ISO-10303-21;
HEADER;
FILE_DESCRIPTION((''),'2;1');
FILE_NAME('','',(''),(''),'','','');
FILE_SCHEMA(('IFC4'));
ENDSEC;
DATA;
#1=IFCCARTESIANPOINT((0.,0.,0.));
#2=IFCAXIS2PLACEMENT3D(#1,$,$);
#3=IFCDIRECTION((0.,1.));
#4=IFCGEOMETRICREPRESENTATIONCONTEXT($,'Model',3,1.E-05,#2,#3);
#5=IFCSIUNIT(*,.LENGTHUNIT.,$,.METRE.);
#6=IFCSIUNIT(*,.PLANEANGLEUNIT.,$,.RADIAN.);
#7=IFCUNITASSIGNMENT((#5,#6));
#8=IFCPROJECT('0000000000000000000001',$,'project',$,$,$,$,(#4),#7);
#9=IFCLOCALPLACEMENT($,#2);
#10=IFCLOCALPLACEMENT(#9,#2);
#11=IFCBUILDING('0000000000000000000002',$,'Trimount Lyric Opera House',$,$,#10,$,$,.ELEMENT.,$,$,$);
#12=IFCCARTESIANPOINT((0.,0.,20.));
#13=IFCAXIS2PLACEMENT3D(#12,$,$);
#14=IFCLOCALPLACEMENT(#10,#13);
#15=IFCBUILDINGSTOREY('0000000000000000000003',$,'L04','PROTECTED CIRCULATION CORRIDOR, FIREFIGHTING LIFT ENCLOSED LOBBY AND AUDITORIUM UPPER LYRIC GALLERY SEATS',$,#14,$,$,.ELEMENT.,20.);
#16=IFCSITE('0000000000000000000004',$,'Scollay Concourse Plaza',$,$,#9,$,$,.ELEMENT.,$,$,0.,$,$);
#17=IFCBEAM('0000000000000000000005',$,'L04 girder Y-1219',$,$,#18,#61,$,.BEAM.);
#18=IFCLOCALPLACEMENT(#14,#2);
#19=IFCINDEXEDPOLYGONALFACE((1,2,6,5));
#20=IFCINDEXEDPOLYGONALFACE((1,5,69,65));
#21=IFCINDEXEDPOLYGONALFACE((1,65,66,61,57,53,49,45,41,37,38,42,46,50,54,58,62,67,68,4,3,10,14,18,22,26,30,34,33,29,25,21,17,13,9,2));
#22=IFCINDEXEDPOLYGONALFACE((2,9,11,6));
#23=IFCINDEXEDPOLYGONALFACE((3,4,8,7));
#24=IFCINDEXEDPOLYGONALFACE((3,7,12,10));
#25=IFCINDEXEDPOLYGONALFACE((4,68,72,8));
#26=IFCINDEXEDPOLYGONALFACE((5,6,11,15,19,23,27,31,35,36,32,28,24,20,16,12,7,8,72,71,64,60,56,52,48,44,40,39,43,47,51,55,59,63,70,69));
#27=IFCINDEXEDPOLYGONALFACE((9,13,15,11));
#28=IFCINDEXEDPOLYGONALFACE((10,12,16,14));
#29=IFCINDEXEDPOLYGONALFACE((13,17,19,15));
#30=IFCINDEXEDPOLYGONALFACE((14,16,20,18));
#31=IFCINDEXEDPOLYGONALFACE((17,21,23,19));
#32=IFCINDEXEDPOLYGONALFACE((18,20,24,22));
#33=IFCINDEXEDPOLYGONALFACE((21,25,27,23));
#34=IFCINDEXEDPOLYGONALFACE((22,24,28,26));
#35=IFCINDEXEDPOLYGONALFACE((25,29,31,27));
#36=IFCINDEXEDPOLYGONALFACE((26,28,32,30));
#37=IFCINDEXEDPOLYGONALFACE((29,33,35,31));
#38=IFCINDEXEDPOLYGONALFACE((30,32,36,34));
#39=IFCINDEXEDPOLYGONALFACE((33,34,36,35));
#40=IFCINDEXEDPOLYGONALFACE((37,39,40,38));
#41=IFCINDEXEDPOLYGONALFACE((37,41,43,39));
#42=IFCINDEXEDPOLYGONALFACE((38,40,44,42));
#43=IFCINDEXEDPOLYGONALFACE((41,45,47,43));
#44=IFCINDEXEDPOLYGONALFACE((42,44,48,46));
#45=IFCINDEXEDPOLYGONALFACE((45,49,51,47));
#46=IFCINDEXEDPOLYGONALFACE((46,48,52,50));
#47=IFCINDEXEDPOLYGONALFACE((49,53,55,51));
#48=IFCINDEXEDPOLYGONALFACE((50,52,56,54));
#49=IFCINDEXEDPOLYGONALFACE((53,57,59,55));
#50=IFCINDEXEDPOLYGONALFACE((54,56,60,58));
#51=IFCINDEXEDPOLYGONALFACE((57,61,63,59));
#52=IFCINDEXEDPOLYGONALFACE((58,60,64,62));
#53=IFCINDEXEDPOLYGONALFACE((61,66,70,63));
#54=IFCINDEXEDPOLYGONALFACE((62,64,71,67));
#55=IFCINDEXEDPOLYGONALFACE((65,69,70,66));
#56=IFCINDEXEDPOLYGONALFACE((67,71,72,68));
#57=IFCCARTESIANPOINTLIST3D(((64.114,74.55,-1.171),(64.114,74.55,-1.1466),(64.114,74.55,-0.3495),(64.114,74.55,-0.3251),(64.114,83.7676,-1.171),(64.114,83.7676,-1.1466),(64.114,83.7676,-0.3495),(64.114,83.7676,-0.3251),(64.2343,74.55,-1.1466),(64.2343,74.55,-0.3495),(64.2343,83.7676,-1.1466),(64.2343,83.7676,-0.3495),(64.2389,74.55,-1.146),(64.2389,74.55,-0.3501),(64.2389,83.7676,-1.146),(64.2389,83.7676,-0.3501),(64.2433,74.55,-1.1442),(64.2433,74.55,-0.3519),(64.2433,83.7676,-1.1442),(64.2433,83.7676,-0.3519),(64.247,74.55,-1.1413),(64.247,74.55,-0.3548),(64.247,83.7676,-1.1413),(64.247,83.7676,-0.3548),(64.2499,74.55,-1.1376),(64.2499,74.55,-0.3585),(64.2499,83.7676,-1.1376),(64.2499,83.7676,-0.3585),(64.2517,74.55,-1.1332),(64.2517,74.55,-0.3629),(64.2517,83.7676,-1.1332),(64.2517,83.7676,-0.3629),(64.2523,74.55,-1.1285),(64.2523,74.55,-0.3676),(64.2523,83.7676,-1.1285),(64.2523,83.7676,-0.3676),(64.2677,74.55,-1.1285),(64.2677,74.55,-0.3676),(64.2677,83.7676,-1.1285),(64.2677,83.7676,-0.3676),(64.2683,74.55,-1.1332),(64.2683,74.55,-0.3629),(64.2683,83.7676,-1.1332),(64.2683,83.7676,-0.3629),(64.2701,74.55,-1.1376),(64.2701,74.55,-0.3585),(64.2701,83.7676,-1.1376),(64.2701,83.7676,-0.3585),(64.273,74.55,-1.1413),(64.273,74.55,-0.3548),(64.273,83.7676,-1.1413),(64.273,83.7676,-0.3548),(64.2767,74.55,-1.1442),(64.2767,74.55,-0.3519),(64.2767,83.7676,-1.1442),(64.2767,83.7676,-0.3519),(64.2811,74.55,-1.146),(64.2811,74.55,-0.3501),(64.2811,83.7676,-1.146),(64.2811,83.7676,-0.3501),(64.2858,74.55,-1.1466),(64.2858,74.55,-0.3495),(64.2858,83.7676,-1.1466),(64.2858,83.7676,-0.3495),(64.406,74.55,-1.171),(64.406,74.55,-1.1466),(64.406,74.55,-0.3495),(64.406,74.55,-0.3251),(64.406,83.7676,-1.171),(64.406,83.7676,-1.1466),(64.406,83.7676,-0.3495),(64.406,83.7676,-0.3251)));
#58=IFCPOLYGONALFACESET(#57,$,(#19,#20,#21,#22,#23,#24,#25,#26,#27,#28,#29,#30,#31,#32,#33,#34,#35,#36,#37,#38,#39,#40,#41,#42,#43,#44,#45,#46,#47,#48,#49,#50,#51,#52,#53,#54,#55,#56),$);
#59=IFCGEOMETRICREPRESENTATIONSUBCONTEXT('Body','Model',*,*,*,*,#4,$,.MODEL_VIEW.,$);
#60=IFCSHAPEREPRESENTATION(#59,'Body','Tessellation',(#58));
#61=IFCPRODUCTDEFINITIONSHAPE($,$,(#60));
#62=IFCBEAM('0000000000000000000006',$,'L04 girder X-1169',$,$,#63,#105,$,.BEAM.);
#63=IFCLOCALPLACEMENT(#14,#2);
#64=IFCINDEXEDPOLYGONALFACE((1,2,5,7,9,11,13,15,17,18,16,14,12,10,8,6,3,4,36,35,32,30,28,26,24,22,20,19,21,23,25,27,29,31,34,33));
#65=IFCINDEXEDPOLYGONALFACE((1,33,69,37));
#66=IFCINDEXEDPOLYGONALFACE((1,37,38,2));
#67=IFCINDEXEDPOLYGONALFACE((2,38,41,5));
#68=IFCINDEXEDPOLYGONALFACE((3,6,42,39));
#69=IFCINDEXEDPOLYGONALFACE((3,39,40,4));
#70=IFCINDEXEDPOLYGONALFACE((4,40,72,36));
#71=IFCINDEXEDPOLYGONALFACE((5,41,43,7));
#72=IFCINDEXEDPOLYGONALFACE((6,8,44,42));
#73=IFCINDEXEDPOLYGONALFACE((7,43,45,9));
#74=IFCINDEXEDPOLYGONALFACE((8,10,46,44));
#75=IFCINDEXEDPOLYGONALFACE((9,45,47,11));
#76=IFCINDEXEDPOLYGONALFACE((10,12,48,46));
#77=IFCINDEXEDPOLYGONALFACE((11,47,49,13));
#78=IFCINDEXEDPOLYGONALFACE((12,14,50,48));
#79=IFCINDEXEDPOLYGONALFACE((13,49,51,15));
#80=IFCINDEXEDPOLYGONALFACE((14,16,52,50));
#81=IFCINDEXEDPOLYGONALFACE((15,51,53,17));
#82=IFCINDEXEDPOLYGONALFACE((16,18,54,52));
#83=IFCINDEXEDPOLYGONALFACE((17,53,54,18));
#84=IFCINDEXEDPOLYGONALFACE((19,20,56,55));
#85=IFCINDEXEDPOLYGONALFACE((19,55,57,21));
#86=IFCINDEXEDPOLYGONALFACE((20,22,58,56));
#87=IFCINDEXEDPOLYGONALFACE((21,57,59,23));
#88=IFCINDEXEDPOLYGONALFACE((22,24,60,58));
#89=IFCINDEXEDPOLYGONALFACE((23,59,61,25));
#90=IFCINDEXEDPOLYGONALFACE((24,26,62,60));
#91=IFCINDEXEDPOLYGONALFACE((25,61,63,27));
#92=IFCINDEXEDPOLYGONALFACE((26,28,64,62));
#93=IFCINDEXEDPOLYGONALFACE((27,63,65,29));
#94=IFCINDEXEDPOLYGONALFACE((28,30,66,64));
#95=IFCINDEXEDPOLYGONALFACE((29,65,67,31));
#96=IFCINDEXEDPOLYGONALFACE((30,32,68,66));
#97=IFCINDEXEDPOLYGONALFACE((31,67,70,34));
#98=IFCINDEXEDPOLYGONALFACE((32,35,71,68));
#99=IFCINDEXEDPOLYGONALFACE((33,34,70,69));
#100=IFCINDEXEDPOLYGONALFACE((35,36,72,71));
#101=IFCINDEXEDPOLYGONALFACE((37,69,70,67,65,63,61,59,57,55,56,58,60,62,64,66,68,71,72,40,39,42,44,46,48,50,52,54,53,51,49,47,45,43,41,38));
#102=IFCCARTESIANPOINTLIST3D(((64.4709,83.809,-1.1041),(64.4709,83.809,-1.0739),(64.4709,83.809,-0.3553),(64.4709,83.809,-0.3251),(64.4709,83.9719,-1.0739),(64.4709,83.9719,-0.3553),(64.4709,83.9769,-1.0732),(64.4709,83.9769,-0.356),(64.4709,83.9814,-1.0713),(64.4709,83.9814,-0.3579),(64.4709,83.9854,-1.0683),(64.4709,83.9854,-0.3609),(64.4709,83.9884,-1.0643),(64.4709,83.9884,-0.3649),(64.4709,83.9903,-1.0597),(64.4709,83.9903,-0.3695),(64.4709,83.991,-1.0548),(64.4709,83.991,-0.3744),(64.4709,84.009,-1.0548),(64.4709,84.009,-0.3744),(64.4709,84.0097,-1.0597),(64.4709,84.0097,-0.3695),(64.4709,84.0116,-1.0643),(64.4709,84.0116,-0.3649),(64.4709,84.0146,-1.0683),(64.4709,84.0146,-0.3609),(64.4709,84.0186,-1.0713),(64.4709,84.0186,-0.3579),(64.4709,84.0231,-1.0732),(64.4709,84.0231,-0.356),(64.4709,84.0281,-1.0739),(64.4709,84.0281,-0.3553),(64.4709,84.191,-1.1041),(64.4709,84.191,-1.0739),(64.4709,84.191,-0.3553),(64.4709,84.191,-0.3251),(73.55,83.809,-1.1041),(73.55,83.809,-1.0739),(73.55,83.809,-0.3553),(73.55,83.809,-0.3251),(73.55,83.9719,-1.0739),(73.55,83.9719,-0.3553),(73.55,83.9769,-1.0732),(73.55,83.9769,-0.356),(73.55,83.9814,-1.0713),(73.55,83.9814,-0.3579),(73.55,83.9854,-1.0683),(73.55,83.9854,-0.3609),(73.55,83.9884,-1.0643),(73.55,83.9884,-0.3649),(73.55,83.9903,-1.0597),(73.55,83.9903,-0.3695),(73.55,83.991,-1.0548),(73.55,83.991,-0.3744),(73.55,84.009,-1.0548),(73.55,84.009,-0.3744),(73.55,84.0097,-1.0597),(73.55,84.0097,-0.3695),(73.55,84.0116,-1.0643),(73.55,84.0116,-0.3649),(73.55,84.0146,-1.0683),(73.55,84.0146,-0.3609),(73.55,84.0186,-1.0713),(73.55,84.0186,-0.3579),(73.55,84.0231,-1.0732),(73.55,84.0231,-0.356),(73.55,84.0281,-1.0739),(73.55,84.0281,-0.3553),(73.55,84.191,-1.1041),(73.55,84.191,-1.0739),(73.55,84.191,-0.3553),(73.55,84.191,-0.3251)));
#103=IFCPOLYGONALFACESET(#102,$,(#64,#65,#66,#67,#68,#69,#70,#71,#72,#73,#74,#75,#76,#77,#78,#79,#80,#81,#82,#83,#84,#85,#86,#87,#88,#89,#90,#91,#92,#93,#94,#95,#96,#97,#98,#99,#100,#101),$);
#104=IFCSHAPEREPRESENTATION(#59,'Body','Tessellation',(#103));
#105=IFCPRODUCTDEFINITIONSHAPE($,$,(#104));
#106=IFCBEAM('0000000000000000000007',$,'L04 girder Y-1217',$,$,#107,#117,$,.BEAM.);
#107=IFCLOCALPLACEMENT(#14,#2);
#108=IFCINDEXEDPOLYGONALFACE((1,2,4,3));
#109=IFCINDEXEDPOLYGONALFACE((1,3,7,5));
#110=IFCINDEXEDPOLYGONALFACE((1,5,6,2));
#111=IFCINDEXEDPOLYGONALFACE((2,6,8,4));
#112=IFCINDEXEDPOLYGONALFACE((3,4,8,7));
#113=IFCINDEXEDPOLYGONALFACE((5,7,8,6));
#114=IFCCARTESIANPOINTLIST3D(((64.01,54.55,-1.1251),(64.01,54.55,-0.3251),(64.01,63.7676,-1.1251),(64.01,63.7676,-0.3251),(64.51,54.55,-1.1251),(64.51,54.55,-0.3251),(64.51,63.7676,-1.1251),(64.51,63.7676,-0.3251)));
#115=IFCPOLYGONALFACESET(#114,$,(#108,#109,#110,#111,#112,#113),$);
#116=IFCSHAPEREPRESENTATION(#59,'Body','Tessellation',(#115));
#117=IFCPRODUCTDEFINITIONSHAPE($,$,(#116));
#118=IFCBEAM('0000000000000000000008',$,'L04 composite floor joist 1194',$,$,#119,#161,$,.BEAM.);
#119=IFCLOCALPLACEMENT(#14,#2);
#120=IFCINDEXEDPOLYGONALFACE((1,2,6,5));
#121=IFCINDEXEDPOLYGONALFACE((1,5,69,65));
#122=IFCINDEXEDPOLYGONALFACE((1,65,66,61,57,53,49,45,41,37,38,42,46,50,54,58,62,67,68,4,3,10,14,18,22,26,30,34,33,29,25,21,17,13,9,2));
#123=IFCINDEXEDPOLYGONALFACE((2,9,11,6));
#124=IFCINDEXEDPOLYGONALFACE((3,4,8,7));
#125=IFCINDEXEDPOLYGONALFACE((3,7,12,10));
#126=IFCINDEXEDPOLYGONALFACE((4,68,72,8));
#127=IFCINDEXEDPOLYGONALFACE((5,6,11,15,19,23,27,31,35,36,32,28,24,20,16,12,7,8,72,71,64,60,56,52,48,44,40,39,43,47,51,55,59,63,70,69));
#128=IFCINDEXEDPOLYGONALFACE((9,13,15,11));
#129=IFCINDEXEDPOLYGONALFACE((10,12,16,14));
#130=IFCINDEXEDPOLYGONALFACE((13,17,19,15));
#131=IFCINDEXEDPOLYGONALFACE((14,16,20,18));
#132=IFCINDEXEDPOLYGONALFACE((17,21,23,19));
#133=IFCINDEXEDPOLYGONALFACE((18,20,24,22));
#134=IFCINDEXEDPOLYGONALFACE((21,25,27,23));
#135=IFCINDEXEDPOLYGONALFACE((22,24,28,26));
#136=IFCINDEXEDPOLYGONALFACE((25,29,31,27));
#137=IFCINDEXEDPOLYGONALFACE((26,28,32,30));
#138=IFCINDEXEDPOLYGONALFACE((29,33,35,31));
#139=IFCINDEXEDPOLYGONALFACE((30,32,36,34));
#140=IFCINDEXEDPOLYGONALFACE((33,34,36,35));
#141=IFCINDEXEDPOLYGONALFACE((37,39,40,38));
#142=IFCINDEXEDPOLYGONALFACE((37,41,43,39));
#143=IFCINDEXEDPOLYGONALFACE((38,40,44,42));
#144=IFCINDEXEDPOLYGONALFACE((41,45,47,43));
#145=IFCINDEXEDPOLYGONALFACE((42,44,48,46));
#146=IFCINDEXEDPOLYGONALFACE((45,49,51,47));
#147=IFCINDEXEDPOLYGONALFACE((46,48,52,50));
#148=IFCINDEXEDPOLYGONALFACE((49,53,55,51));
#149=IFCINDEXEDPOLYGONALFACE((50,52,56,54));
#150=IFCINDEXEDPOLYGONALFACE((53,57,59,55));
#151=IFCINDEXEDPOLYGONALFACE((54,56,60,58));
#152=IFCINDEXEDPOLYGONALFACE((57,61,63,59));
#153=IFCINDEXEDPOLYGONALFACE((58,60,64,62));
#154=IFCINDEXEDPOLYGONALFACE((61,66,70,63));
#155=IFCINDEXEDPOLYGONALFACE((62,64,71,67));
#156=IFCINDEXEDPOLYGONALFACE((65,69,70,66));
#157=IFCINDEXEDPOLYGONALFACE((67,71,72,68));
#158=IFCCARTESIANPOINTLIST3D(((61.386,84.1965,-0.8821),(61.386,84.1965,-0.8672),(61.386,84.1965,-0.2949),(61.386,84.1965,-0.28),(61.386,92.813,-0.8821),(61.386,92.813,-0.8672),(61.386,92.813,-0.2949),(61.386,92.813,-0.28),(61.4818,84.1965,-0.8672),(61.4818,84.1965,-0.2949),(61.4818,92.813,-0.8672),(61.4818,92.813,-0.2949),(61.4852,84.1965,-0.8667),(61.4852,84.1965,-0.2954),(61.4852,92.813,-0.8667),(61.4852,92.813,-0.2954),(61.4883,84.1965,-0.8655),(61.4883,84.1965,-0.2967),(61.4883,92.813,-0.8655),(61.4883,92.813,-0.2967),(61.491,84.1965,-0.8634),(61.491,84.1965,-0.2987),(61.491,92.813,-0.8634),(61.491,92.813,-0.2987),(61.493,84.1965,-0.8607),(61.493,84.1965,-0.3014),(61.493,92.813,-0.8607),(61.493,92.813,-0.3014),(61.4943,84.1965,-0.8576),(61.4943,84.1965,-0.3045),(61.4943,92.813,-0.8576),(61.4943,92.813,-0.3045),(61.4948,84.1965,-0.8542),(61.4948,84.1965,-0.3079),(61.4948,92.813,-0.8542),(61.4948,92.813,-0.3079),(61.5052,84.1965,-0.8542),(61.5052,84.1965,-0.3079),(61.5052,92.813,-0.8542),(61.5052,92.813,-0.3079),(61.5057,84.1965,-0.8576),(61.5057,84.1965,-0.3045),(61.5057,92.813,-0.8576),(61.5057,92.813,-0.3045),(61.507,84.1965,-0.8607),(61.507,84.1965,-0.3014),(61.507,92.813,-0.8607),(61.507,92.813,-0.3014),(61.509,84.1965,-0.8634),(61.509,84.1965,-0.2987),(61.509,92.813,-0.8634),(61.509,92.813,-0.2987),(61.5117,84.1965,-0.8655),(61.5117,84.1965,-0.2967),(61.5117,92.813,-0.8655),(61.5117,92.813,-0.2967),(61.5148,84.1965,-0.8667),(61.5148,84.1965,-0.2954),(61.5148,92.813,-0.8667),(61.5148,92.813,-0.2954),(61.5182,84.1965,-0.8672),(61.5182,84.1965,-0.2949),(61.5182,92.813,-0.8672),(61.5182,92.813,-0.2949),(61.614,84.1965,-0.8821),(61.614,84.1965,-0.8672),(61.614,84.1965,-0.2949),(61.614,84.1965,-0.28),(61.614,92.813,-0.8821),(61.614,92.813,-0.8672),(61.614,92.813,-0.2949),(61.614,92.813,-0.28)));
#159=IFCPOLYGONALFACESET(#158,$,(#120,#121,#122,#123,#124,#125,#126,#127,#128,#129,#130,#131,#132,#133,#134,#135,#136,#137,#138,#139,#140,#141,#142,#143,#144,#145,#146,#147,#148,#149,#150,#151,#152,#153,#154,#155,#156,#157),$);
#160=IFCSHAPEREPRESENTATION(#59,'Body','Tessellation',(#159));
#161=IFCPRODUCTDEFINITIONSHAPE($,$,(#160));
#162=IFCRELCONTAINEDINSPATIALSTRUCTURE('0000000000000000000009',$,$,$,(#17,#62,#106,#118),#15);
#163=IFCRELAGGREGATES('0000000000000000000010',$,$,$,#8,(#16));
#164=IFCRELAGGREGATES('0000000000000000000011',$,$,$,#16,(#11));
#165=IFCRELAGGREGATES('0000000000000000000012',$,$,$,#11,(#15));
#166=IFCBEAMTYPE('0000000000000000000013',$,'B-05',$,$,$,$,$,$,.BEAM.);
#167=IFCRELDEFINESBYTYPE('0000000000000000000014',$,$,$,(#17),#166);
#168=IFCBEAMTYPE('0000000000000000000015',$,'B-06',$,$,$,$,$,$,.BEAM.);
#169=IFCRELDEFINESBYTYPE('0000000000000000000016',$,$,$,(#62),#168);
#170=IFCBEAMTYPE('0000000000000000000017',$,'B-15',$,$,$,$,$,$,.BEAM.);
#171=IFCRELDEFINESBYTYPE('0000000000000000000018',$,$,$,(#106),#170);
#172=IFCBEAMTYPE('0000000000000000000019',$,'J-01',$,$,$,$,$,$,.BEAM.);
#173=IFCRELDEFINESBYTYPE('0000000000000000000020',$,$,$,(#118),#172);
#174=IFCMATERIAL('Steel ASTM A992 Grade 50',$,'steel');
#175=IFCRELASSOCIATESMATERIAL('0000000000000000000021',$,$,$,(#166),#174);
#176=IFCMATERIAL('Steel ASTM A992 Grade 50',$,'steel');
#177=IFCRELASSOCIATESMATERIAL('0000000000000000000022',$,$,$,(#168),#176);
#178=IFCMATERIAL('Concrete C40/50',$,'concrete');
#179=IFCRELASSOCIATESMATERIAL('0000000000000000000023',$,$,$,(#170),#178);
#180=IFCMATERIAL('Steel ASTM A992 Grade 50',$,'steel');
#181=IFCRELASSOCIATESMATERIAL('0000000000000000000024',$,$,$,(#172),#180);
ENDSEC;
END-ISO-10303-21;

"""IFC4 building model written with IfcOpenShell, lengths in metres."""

from ifc_helpers import new_model, si_unit, direction, frame, origin, origin_2d, place, context, subcontext, project, spatial, rectangle, i_section, extrude, material, material_profile, profile_set, type_object, element, save


model = new_model("IFC4")

# Units and contexts
model_context = context("Model", 3, precision=1e-05, world=origin(), true_north=direction((0.0, 1.0)))
body_context = subcontext(model_context, "Body", "Model", "MODEL_VIEW")
ifc_project = project(units=[si_unit("LENGTHUNIT", "METRE"), si_unit("PLANEANGLEUNIT", "RADIAN")], contexts=[model_context])

# Site, building, storey
site_placement = place(None, origin())
site = spatial("IfcSite", under=ifc_project, at=site_placement, Name="Scollay Concourse Plaza", CompositionType="ELEMENT", RefElevation=0.0)
building_placement = place(site_placement, origin())
building = spatial("IfcBuilding", under=site, at=building_placement, Name="Trimount Lyric Opera House", CompositionType="ELEMENT")
storey_placement = place(building_placement, frame((0.0, 0.0, 20.0)))
storey = spatial("IfcBuildingStorey", under=building, at=storey_placement, Name="L04", Description="PROTECTED CIRCULATION CORRIDOR, FIREFIGHTING LIFT ENCLOSED LOBBY AND AUDITORIUM UPPER LYRIC GALLERY SEATS", CompositionType="ELEMENT", Elevation=20.0)

# Beams
ifc_material_1 = material(Name="Steel ASTM A992 Grade 50", Category="steel")
ifc_material_profile_1 = material_profile(ifc_material_1, i_section(OverallWidth=0.292, OverallDepth=0.8459, WebThickness=0.0154, FlangeThickness=0.0244, FilletRadius=0.0181, at=origin_2d()), Name="W33X141")
ifc_profile_set_1 = profile_set([ifc_material_profile_1], Name="Steel ASTM A992 Grade 50")
beam_type_1 = type_object("IfcBeamType", Name="B-05", PredefinedType="BEAM", material=ifc_profile_set_1)
beam_1_placement = place(storey_placement, frame((64.26, 74.55, -0.748), z_axis=(0.0, 1.0, 0.0), x_axis=(-1.0, 0.0, 0.0)))
element("IfcBeam", 1, at=beam_1_placement, inside=storey, type_object=beam_type_1, Name="L04 girder Y-1219", PredefinedType="BEAM", context=body_context, shape_type="SweptSolid", body=[
    extrude(i_section(OverallWidth=0.292, OverallDepth=0.8459, WebThickness=0.0154, FlangeThickness=0.0244, FilletRadius=0.0181, at=origin_2d()), origin(), (0.0, 0.0, 1.0), 9.2175),
])
ifc_material_2 = material(Name="Steel ASTM A992 Grade 50", Category="steel")
ifc_material_profile_2 = material_profile(ifc_material_2, i_section(OverallWidth=0.3821, OverallDepth=0.7791, WebThickness=0.0181, FlangeThickness=0.0303, FilletRadius=0.019, at=origin_2d()), Name="W30X191")
ifc_profile_set_2 = profile_set([ifc_material_profile_2], Name="Steel ASTM A992 Grade 50")
beam_type_2 = type_object("IfcBeamType", Name="B-06", PredefinedType="BEAM", material=ifc_profile_set_2)
beam_2_placement = place(storey_placement, frame((64.4709, 84.0, -0.7146), z_axis=(1.0, 0.0, 0.0), x_axis=(0.0, 1.0, 0.0)))
element("IfcBeam", 2, at=beam_2_placement, inside=storey, type_object=beam_type_2, Name="L04 girder X-1169", PredefinedType="BEAM", context=body_context, shape_type="SweptSolid", body=[
    extrude(i_section(OverallWidth=0.3821, OverallDepth=0.7791, WebThickness=0.0181, FlangeThickness=0.0303, FilletRadius=0.019, at=origin_2d()), origin(), (0.0, 0.0, 1.0), 9.0791),
])
ifc_material_3 = material(Name="Concrete C40/50", Category="concrete")
ifc_material_profile_3 = material_profile(ifc_material_3, rectangle(XDim=0.5, YDim=0.8, at=origin_2d()), Name="RC500X800")
ifc_profile_set_3 = profile_set([ifc_material_profile_3], Name="Concrete C40/50")
beam_type_3 = type_object("IfcBeamType", Name="B-15", PredefinedType="BEAM", material=ifc_profile_set_3)
beam_3_placement = place(storey_placement, frame((64.26, 54.55, -0.7251), z_axis=(0.0, 1.0, 0.0), x_axis=(-1.0, 0.0, 0.0)))
element("IfcBeam", 3, at=beam_3_placement, inside=storey, type_object=beam_type_3, Name="L04 girder Y-1217", PredefinedType="BEAM", context=body_context, shape_type="SweptSolid", body=[
    extrude(rectangle(XDim=0.5, YDim=0.8, at=origin_2d()), origin(), (0.0, 0.0, 1.0), 9.2175),
])
ifc_material_4 = material(Name="Steel ASTM A992 Grade 50", Category="steel")
ifc_material_profile_4 = material_profile(ifc_material_4, i_section(OverallWidth=0.228, OverallDepth=0.6021, WebThickness=0.0105, FlangeThickness=0.0149, FilletRadius=0.0129, at=origin_2d()), Name="W24X68")
ifc_profile_set_4 = profile_set([ifc_material_profile_4], Name="Steel ASTM A992 Grade 50")
beam_type_4 = type_object("IfcBeamType", Name="J-01", PredefinedType="BEAM", material=ifc_profile_set_4)
beam_4_placement = place(storey_placement, frame((61.5, 84.1965, -0.5811), z_axis=(0.0, 1.0, 0.0), x_axis=(-1.0, 0.0, 0.0)))
element("IfcBeam", 4, at=beam_4_placement, inside=storey, type_object=beam_type_4, Name="L04 composite floor joist 1194", PredefinedType="BEAM", context=body_context, shape_type="SweptSolid", body=[
    extrude(i_section(OverallWidth=0.228, OverallDepth=0.6021, WebThickness=0.0105, FlangeThickness=0.0149, FilletRadius=0.0129, at=origin_2d()), origin(), (0.0, 0.0, 1.0), 8.6165),
])

save(model, "model.ifc")
